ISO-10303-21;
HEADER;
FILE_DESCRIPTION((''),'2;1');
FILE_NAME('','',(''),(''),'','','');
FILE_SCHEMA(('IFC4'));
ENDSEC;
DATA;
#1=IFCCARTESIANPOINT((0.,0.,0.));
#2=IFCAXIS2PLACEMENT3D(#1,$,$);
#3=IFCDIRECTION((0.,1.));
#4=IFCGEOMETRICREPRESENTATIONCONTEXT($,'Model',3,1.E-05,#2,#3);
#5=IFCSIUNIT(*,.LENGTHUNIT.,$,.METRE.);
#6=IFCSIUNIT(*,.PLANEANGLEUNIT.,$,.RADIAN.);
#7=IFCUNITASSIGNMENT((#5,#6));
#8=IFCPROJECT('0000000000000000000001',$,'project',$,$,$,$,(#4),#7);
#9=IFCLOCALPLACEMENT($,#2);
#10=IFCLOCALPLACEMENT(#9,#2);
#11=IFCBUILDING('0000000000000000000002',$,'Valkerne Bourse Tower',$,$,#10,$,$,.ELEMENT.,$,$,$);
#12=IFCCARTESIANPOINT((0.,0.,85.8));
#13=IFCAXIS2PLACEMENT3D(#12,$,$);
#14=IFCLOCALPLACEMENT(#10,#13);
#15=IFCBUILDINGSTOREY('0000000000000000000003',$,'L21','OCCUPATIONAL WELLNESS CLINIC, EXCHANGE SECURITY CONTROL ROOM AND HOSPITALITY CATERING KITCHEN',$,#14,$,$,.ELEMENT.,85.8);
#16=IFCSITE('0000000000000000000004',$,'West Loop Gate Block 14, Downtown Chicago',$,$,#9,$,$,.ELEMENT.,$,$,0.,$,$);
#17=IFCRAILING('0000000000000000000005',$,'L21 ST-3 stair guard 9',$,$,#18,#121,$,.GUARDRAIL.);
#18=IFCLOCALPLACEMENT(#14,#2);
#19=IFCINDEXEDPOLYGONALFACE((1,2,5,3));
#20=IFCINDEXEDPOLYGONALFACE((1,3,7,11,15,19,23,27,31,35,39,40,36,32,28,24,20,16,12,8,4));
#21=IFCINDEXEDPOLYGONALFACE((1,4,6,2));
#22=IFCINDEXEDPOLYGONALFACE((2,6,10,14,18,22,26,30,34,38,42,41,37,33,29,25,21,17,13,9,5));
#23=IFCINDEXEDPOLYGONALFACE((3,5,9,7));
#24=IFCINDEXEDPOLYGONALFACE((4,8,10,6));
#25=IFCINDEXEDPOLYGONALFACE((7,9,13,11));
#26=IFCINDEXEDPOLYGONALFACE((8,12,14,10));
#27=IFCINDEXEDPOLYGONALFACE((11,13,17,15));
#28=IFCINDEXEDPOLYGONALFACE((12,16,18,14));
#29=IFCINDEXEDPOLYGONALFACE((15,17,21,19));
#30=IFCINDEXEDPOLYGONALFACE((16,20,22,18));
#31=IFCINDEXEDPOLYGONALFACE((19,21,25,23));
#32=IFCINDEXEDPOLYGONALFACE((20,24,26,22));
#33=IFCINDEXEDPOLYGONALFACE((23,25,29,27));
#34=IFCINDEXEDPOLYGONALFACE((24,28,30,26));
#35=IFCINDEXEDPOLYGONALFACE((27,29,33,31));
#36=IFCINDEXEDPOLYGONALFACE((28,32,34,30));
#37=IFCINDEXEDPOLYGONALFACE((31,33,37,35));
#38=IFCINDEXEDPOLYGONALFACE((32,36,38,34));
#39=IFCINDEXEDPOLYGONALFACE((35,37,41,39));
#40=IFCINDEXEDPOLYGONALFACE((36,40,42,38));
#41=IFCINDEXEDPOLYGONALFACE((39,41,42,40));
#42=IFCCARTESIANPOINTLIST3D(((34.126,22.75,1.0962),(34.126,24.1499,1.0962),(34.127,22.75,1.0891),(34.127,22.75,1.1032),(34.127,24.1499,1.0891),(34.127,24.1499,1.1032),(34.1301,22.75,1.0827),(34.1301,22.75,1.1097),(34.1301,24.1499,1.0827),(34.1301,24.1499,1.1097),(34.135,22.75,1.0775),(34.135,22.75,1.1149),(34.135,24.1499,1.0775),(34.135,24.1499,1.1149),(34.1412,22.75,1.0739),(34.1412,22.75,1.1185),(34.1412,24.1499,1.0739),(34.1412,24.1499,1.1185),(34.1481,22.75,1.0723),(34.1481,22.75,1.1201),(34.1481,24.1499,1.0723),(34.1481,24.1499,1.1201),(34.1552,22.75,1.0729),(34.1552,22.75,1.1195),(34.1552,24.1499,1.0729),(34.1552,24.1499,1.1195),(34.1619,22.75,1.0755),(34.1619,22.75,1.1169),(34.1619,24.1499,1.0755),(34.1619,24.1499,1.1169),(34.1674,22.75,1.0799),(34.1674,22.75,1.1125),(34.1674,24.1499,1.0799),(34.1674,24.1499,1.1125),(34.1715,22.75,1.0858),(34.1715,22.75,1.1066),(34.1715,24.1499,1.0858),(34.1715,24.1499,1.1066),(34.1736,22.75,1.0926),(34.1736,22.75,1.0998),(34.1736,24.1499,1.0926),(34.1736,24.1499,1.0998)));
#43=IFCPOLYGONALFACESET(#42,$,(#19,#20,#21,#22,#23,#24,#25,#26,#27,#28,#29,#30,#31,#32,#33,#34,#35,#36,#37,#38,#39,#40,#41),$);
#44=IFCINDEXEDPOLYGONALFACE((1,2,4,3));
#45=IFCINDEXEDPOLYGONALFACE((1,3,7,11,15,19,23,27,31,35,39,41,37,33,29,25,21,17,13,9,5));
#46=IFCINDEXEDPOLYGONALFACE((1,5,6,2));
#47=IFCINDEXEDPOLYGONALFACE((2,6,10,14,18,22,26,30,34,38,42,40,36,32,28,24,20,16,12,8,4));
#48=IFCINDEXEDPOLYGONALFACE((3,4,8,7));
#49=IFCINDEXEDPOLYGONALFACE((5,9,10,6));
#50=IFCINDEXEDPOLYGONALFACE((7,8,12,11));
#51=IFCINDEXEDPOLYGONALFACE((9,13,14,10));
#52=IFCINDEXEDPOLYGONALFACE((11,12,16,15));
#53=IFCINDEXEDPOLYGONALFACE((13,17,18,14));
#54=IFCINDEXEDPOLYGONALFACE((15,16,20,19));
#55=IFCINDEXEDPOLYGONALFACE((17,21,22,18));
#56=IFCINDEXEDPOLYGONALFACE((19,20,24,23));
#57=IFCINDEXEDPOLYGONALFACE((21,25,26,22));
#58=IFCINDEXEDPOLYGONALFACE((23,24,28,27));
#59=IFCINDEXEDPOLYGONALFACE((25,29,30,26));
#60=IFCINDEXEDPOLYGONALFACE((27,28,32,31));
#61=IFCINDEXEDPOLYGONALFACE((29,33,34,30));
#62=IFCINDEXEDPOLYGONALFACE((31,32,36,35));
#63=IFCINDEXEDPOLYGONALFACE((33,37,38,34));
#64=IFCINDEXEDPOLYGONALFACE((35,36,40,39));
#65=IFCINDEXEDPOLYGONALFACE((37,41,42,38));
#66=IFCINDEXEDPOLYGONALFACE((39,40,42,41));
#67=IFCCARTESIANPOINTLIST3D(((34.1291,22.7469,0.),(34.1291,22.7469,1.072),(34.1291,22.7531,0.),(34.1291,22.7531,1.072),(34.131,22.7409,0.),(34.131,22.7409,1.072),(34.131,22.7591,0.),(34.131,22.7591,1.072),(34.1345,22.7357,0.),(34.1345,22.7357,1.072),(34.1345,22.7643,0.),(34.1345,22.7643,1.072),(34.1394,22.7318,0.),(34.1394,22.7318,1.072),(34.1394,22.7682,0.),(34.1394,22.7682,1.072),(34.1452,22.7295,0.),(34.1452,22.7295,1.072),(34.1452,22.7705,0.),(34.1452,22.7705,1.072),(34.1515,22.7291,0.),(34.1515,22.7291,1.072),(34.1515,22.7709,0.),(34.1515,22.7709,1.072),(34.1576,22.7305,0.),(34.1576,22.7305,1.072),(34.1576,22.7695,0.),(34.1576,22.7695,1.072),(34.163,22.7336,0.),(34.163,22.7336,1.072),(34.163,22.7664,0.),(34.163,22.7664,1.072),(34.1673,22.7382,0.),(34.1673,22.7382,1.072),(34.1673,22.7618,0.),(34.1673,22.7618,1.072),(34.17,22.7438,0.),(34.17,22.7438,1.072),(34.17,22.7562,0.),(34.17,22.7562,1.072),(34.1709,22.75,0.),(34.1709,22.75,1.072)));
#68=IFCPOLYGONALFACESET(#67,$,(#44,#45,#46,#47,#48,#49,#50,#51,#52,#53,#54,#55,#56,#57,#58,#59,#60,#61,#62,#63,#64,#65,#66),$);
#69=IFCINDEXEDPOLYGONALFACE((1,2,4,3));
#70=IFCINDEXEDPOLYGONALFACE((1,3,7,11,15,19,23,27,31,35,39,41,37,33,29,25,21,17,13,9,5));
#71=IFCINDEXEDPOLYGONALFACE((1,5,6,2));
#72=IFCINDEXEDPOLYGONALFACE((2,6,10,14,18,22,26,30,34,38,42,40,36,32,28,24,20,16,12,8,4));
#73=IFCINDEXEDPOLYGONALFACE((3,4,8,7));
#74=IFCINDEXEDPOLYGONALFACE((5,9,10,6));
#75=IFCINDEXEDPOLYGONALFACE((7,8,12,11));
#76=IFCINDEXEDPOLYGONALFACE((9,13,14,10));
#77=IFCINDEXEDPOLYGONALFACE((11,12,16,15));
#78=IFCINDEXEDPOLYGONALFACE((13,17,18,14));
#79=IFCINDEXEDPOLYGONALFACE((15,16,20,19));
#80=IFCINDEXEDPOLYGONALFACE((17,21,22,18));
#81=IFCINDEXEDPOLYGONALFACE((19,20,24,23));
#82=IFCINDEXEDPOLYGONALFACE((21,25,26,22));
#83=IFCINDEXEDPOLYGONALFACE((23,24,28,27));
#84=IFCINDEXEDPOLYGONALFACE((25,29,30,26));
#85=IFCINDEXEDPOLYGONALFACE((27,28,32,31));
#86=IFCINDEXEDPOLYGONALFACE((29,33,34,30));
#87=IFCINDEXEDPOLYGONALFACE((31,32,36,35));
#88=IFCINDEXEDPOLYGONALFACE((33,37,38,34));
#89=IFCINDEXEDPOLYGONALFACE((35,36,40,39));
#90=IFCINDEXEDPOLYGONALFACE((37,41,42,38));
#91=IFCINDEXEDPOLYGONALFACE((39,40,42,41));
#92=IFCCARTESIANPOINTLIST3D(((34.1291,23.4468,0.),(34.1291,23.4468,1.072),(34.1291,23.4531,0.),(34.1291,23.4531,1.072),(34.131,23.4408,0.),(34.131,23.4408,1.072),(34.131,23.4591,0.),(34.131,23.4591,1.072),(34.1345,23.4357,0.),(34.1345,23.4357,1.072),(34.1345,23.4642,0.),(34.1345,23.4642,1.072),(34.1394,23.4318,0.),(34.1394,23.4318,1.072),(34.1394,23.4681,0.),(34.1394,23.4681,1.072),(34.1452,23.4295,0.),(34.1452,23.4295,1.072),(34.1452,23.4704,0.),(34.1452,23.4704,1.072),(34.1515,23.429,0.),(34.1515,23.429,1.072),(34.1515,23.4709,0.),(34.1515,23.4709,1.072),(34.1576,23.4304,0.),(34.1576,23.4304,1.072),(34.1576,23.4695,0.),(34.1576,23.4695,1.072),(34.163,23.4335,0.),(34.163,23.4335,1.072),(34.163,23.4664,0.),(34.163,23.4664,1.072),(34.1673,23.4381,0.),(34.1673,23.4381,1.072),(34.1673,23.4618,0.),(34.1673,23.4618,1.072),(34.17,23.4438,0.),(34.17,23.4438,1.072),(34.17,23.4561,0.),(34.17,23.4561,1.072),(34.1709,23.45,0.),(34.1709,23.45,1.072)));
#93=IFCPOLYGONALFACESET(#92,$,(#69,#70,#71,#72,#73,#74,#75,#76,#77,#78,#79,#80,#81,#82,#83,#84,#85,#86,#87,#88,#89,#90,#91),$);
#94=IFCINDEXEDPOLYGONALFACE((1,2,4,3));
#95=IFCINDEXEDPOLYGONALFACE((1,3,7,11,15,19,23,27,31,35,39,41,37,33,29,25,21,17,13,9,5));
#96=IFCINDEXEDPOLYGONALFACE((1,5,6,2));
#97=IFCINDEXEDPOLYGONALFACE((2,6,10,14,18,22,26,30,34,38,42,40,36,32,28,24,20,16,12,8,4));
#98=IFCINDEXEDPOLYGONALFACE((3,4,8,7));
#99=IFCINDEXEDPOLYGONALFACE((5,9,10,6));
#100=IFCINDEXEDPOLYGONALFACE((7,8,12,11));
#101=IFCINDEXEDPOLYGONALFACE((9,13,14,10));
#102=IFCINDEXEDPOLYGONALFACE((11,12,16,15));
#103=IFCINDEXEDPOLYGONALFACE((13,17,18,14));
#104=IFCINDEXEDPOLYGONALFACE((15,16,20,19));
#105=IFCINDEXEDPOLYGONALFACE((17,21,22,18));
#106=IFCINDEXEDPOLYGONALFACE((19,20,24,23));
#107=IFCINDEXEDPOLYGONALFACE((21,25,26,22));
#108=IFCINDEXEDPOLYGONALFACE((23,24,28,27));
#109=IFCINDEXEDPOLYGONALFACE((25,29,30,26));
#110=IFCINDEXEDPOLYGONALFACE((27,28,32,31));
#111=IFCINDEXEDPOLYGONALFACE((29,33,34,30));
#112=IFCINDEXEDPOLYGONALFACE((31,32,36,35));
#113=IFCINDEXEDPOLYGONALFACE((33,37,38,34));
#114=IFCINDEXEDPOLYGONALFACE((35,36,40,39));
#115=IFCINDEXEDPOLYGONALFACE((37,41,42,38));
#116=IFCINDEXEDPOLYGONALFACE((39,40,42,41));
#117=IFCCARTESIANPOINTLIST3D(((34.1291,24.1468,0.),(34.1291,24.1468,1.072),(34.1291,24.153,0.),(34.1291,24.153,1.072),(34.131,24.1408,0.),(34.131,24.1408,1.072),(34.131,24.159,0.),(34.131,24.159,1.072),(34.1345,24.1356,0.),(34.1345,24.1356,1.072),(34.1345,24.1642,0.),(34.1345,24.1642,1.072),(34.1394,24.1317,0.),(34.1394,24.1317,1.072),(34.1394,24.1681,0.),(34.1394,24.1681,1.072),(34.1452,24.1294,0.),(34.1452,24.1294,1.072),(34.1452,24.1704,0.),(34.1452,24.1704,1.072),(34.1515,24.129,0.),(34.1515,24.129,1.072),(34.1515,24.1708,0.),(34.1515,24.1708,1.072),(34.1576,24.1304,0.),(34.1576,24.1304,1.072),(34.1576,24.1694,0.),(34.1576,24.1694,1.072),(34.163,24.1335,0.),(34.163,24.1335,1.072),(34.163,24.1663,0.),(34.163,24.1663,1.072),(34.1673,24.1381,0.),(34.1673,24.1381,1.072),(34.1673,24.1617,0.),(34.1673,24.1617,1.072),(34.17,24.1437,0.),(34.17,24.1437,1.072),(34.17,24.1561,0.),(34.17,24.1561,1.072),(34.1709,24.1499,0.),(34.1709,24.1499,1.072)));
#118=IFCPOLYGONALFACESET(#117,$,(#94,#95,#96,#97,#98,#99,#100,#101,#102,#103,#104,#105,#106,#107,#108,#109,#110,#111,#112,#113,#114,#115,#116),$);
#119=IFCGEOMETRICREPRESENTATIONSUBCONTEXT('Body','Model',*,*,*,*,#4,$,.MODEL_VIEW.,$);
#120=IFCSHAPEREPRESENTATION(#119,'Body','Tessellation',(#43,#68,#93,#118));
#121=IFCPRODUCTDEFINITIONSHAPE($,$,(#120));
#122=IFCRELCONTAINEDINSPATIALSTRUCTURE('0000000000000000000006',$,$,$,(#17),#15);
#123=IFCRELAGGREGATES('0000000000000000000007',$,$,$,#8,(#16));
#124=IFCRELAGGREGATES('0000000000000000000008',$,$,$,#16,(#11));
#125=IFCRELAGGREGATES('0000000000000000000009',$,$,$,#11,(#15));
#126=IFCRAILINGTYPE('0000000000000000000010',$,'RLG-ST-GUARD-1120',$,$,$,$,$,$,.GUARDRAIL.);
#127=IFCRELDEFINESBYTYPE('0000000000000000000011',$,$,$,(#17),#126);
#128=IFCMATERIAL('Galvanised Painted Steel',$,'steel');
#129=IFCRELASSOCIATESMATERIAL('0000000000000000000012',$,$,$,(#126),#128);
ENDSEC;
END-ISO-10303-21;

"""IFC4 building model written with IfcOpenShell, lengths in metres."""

from ifc_helpers import new_model, si_unit, direction, frame, origin, origin_2d, place, context, subcontext, project, spatial, circle, extrude, material, type_object, element, save


model = new_model("IFC4")

# Units and contexts
model_context = context("Model", 3, precision=1e-05, world=origin(), true_north=direction((0.0, 1.0)))
body_context = subcontext(model_context, "Body", "Model", "MODEL_VIEW")
ifc_project = project(units=[si_unit("LENGTHUNIT", "METRE"), si_unit("PLANEANGLEUNIT", "RADIAN")], contexts=[model_context])

# Site, building, storey
site_placement = place(None, origin())
site = spatial("IfcSite", under=ifc_project, at=site_placement, Name="West Loop Gate Block 14, Downtown Chicago", CompositionType="ELEMENT", RefElevation=0.0)
building_placement = place(site_placement, origin())
building = spatial("IfcBuilding", under=site, at=building_placement, Name="Valkerne Bourse Tower", CompositionType="ELEMENT")
storey_placement = place(building_placement, frame((0.0, 0.0, 85.8)))
storey = spatial("IfcBuildingStorey", under=building, at=storey_placement, Name="L21", Description="OCCUPATIONAL WELLNESS CLINIC, EXCHANGE SECURITY CONTROL ROOM AND HOSPITALITY CATERING KITCHEN", CompositionType="ELEMENT", Elevation=85.8)

# Shared definitions
ifc_material_1 = material(Name="Galvanised Painted Steel", Category="steel")

# Railing
railing_type_1 = type_object("IfcRailingType", Name="RLG-ST-GUARD-1120", PredefinedType="GUARDRAIL", material=ifc_material_1)
for number, where, name in (
    (1, (34.1499, 22.75, 0.0), "L21 ST-3 stair guard 9"),
):
    element("IfcRailing", number, at=place(storey_placement, frame(where)), inside=storey, type_object=railing_type_1, Name=name, PredefinedType="GUARDRAIL", context=body_context, shape_type="SweptSolid", body=[
        extrude(circle(Radius=0.0239, at=origin_2d()), frame((0.0, 0.0, 1.0962), z_axis=(0.0, 1.0, 0.0), x_axis=(-1.0, 0.0, 0.0)), (0.0, 0.0, 1.0), 1.3999),
        extrude(circle(Radius=0.021, at=origin_2d()), origin(), (0.0, 0.0, 1.0), 1.072),
        extrude(circle(Radius=0.021, at=origin_2d()), frame((0.0, 0.7, 0.0)), (0.0, 0.0, 1.0), 1.072),
        extrude(circle(Radius=0.021, at=origin_2d()), frame((0.0, 1.3999, 0.0)), (0.0, 0.0, 1.0), 1.072),
    ])

save(model, "model.ifc")
